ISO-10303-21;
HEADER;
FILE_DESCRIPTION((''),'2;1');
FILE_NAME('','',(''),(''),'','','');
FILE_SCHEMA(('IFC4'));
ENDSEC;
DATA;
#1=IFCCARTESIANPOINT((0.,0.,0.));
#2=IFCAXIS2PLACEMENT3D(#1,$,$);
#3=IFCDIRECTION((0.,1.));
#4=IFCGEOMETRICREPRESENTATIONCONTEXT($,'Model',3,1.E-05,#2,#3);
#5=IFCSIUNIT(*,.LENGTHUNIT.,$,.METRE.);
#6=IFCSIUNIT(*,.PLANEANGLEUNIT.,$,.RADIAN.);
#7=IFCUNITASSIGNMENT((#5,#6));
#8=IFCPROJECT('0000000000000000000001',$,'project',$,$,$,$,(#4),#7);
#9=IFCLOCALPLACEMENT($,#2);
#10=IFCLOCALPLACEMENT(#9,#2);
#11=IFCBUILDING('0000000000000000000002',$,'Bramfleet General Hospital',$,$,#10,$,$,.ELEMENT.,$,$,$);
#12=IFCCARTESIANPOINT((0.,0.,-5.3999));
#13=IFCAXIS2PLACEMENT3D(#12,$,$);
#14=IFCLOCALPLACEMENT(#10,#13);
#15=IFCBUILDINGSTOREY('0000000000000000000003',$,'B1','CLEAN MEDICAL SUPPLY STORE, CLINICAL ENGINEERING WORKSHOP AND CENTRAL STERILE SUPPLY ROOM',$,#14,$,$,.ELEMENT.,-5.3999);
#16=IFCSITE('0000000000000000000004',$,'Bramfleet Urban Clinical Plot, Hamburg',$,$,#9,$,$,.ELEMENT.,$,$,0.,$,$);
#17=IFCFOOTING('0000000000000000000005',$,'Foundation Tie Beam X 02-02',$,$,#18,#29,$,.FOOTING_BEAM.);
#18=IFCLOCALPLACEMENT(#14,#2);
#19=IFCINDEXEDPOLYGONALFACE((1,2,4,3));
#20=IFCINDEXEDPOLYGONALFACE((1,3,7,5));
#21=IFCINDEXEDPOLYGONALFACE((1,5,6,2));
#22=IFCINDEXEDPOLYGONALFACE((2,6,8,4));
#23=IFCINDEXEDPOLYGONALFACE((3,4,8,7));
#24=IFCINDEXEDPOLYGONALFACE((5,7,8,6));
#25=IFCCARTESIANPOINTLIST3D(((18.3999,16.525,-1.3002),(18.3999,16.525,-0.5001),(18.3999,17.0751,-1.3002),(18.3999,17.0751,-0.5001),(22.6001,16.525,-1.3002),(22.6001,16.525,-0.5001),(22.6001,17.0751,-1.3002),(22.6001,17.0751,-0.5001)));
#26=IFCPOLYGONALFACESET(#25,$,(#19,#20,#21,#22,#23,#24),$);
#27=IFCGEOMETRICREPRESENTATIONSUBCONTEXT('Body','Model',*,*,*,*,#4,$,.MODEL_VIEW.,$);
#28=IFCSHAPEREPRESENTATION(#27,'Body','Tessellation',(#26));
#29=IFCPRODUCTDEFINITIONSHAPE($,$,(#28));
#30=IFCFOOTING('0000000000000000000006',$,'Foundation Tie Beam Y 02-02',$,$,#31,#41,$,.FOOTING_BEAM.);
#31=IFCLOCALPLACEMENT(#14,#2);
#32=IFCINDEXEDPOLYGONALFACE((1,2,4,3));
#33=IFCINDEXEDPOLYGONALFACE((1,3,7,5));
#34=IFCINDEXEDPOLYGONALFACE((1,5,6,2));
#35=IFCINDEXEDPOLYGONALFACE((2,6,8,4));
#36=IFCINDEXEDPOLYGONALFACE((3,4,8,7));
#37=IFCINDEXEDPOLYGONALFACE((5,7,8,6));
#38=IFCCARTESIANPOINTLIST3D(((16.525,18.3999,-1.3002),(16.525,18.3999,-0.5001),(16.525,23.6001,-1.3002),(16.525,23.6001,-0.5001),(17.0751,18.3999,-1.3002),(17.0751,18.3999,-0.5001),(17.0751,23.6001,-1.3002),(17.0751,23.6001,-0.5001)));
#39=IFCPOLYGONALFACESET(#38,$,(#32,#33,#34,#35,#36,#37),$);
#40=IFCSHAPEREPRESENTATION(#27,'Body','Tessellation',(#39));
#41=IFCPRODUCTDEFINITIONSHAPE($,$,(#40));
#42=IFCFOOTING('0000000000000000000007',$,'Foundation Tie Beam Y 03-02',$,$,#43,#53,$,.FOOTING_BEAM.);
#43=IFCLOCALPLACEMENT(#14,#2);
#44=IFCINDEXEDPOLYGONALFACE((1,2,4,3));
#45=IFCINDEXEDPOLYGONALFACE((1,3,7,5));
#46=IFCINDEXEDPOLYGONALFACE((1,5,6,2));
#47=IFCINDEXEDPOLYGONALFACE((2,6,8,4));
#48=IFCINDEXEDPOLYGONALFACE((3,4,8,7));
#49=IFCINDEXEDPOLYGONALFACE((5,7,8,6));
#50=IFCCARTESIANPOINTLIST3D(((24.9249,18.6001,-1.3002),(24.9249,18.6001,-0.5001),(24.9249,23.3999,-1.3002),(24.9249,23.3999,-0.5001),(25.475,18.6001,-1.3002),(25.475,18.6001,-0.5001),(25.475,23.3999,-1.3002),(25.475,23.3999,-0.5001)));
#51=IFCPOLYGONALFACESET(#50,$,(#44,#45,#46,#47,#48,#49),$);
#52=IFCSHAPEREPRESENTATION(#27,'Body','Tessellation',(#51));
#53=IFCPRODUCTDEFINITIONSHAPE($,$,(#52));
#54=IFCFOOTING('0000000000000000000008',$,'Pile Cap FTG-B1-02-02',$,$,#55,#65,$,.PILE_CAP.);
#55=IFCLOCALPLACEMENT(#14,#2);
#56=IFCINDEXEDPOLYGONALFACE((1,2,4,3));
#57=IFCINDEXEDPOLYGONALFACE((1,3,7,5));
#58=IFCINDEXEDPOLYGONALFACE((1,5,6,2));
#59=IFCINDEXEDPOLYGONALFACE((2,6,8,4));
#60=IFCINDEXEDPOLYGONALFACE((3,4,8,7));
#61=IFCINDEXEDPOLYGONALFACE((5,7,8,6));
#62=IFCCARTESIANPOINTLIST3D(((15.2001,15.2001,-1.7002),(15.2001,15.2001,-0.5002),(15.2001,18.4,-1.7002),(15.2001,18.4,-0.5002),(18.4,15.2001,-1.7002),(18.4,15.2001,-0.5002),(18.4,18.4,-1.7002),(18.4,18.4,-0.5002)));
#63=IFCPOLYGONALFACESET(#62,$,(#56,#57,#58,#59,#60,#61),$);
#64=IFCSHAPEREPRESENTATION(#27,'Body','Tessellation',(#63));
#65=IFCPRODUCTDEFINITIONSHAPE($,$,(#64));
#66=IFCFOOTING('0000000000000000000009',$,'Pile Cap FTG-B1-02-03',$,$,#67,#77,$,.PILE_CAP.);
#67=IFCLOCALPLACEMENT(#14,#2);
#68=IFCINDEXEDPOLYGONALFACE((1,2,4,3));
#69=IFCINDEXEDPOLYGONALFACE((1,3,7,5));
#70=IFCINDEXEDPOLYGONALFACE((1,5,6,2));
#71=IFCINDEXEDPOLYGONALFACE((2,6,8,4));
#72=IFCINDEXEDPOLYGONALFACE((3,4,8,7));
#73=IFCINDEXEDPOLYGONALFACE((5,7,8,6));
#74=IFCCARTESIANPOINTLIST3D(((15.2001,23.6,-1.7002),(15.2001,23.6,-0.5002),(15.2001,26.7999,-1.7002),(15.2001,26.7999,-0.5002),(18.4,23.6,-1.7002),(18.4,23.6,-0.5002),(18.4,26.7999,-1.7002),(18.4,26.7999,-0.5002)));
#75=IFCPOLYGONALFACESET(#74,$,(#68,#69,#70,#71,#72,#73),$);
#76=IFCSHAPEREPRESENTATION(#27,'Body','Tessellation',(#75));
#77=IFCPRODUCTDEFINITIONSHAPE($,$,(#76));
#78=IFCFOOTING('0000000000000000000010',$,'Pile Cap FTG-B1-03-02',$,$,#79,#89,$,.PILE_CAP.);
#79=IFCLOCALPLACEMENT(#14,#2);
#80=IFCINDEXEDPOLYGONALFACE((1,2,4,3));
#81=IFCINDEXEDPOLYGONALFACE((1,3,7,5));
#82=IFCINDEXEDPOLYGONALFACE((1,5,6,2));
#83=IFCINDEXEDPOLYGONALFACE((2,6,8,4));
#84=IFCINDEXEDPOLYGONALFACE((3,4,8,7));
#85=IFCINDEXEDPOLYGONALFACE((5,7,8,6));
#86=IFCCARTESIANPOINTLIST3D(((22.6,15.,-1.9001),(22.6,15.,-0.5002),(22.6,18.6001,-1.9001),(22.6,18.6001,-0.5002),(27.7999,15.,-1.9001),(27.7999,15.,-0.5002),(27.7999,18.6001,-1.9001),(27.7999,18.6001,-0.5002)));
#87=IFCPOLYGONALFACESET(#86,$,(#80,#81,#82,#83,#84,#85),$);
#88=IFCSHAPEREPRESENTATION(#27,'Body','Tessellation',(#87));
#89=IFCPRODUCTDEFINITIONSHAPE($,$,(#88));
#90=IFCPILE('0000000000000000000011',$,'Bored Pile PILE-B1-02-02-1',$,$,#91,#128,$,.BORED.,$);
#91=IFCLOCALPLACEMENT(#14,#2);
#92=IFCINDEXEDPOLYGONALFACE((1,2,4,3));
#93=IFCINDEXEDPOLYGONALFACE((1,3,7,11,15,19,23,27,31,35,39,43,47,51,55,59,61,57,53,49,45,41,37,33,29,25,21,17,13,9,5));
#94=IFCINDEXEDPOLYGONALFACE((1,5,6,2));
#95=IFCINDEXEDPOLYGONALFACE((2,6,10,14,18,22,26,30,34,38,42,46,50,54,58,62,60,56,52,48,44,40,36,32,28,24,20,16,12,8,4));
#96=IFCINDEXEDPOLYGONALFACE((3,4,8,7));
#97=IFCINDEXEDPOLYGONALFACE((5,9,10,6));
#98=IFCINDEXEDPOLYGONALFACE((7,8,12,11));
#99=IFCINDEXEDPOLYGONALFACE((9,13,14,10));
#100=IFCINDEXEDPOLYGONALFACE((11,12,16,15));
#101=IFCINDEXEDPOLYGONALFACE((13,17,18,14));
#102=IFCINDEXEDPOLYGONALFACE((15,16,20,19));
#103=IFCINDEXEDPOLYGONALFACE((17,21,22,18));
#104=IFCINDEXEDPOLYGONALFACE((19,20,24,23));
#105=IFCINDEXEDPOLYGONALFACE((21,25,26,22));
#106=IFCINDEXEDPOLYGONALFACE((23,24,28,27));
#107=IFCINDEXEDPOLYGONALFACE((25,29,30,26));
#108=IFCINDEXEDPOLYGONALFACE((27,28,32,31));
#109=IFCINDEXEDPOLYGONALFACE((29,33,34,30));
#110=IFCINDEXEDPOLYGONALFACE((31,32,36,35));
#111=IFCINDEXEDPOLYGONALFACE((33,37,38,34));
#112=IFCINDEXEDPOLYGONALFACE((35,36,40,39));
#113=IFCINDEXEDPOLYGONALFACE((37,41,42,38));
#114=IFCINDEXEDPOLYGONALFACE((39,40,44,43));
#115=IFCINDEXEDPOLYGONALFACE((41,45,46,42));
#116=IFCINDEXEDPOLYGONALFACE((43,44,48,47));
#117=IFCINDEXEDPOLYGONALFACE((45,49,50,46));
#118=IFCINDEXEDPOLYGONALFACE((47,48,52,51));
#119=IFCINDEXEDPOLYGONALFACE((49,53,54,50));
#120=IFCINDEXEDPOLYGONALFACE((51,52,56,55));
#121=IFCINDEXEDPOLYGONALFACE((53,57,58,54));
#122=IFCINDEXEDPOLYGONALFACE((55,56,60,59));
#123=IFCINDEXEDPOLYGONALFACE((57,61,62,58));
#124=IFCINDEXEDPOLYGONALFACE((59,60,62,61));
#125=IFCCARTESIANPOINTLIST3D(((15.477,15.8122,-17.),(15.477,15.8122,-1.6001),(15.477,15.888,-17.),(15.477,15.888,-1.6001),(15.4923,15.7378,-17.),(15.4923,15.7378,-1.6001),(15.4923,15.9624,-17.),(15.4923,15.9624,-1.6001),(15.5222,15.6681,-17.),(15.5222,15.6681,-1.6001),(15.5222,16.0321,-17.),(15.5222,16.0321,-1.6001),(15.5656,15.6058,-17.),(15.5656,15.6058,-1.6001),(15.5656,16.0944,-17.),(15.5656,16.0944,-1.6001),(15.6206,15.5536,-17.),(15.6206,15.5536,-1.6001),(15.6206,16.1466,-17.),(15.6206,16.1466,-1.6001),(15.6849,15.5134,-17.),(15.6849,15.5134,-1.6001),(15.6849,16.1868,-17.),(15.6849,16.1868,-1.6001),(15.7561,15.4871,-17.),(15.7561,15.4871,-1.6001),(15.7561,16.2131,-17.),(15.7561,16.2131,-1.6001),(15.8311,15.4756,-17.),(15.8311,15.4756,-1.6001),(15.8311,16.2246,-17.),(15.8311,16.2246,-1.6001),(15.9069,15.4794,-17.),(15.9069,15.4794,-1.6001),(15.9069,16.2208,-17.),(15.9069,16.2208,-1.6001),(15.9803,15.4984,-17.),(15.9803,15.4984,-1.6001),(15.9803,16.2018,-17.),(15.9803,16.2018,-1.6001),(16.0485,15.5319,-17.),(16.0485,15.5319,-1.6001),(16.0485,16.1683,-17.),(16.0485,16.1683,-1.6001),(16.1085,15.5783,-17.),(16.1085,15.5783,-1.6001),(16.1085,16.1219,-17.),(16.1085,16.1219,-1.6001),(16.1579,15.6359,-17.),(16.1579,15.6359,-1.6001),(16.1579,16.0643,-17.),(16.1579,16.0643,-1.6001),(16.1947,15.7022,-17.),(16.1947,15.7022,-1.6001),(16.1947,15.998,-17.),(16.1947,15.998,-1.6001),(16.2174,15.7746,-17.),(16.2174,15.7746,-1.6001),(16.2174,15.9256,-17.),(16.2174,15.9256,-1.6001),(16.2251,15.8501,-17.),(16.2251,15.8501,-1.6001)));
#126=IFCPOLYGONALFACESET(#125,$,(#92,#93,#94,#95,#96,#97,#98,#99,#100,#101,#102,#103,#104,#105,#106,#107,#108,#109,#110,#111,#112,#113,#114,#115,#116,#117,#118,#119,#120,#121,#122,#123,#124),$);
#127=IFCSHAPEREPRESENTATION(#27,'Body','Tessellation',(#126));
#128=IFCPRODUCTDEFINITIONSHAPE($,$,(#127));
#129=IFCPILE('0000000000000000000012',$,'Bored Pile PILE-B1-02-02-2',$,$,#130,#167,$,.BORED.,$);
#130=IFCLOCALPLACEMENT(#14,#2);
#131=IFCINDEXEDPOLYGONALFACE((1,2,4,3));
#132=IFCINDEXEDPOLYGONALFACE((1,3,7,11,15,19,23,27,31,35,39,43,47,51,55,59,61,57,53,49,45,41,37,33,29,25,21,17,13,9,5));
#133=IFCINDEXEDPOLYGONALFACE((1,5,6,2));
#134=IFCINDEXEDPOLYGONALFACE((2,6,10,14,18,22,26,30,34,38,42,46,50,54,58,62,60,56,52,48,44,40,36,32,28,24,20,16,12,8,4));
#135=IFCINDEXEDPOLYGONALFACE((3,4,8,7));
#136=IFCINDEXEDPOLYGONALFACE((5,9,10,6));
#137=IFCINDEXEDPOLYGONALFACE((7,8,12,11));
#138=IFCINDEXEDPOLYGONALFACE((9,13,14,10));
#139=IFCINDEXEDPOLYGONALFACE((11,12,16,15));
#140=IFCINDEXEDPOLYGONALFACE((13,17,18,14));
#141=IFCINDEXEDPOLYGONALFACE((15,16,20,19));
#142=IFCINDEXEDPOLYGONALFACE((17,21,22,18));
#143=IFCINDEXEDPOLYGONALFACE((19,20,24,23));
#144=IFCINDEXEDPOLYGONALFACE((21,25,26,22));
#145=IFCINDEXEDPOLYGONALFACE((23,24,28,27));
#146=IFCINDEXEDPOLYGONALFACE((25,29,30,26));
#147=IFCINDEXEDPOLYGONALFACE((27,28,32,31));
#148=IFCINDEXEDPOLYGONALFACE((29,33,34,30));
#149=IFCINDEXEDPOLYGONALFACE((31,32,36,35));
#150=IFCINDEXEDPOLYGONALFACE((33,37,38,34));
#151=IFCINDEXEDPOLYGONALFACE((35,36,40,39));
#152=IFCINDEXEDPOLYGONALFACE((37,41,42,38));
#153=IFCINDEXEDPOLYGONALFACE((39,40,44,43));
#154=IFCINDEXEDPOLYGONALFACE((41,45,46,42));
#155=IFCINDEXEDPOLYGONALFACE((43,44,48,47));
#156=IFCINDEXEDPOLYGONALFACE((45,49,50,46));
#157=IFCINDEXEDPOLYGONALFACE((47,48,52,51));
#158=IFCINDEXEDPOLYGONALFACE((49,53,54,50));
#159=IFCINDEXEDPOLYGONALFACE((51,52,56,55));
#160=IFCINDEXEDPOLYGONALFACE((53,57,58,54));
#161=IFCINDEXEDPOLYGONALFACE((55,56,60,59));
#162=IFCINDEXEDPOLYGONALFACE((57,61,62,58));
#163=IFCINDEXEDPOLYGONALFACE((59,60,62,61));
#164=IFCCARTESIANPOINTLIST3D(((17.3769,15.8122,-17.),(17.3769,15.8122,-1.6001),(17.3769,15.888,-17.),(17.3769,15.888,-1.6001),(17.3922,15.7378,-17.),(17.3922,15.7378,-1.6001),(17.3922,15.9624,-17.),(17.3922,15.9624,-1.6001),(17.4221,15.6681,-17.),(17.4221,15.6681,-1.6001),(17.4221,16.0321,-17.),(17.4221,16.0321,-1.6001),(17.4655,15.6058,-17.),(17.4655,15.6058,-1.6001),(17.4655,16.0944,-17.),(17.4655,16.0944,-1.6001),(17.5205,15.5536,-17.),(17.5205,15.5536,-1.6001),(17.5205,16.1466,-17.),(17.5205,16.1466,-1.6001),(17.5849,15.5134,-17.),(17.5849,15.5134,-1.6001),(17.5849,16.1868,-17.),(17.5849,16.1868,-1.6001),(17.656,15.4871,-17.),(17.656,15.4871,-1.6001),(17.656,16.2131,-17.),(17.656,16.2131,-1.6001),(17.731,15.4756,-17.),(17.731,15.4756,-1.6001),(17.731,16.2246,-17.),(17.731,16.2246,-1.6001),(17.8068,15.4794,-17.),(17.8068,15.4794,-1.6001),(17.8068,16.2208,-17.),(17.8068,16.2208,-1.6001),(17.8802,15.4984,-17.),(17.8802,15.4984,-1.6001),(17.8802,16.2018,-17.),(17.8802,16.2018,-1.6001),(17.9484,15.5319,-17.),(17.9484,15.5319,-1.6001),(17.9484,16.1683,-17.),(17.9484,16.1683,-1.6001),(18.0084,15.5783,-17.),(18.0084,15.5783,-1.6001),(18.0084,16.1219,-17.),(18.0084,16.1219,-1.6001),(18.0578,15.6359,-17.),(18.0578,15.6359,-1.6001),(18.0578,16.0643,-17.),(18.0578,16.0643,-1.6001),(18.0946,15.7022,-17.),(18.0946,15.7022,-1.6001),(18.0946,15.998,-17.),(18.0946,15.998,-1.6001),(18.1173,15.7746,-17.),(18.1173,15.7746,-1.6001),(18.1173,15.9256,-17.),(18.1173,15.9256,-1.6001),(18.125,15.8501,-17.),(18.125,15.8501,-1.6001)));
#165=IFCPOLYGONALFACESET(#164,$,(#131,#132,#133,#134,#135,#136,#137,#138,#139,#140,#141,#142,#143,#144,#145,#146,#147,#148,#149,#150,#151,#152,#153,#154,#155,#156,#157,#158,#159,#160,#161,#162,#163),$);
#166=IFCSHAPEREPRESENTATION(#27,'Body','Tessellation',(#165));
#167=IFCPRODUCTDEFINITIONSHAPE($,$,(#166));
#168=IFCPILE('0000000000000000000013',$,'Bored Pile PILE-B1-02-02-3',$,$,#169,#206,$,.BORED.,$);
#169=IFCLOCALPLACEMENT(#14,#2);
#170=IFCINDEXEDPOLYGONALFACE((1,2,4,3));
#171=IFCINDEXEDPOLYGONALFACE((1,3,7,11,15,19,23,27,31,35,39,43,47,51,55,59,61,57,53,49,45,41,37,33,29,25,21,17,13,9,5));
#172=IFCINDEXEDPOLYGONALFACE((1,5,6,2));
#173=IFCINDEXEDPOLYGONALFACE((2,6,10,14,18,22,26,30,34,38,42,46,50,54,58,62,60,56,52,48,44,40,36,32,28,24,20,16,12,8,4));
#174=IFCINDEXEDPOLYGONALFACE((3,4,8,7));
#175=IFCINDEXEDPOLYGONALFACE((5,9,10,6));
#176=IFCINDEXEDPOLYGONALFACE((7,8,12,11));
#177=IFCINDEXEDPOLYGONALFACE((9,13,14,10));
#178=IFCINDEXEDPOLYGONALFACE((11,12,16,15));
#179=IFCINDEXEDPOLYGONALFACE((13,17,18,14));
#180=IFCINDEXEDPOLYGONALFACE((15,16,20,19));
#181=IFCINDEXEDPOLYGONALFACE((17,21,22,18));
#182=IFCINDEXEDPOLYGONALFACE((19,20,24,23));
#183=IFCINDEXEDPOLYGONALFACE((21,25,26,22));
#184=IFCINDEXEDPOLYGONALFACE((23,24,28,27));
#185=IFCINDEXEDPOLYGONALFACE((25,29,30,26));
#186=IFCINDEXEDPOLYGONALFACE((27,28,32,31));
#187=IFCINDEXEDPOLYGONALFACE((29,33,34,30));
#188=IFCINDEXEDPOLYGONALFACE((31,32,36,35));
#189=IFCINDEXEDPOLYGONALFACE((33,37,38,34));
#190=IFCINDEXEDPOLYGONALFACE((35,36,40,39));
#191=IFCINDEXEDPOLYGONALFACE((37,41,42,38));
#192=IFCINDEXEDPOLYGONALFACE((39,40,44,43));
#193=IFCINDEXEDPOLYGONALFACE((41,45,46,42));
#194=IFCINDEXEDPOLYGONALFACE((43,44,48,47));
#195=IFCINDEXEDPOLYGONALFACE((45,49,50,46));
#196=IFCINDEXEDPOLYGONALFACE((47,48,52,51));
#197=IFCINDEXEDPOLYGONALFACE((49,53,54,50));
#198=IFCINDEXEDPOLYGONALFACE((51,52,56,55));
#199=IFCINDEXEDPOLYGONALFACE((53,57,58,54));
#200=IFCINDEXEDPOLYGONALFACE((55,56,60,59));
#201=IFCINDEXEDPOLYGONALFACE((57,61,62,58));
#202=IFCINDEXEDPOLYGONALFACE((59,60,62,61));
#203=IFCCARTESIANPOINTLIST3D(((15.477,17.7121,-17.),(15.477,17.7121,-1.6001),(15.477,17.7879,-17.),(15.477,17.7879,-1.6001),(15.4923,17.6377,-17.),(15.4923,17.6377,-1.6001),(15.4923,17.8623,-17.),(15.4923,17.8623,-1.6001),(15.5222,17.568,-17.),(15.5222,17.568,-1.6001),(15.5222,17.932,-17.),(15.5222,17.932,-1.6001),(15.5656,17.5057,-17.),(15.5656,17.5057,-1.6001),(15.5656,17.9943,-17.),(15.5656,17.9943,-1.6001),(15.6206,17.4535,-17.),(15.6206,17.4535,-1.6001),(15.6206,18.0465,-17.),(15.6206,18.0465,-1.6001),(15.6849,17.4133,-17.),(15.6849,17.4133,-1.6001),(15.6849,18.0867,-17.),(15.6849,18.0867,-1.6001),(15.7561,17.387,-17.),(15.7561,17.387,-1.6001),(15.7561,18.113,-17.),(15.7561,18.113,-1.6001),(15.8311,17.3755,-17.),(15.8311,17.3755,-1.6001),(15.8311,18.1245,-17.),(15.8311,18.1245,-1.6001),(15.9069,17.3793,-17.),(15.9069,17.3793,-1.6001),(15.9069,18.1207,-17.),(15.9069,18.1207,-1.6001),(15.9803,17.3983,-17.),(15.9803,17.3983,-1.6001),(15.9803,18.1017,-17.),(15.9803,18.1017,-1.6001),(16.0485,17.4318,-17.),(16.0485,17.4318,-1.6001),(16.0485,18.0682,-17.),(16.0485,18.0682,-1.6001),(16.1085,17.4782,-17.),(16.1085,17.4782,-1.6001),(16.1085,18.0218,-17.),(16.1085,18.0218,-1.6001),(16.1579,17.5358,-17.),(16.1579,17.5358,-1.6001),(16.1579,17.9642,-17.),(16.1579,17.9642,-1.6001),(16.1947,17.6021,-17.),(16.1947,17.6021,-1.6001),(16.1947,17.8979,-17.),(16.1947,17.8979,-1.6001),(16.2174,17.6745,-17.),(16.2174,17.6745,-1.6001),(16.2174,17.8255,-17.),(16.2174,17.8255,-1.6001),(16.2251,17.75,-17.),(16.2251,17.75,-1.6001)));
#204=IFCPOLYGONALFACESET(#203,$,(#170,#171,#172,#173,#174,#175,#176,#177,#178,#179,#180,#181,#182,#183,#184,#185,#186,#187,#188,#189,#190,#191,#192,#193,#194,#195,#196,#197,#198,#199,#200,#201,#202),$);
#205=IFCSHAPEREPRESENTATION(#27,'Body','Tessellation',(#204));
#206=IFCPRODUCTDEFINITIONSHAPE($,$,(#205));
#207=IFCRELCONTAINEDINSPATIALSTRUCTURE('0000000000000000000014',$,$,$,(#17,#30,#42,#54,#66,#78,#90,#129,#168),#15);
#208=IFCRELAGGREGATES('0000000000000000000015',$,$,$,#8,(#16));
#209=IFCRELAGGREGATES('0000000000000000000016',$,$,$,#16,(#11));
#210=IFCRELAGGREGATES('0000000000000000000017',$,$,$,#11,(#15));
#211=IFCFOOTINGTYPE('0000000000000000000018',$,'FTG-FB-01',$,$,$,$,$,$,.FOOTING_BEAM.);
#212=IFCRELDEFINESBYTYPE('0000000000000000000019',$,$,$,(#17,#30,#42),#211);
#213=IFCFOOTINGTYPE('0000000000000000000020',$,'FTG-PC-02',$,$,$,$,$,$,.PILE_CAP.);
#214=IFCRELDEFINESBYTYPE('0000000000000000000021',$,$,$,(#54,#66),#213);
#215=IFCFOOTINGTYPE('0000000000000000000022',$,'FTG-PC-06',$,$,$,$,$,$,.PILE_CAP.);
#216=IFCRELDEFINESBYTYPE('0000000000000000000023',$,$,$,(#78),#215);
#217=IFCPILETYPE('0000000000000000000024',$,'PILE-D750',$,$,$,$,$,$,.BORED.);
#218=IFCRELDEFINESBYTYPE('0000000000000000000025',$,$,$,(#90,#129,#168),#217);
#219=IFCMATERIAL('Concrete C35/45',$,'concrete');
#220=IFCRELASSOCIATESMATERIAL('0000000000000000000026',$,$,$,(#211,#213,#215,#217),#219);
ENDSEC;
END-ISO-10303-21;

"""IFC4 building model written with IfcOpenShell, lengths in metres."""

from ifc_helpers import new_model, si_unit, direction, frame, origin, origin_2d, place, context, subcontext, project, spatial, rectangle, circle, extrude, material, material_profile, profile_set, type_object, element, save


model = new_model("IFC4")

# Units and contexts
model_context = context("Model", 3, precision=1e-05, world=origin(), true_north=direction((0.0, 1.0)))
body_context = subcontext(model_context, "Body", "Model", "MODEL_VIEW")
ifc_project = project(units=[si_unit("LENGTHUNIT", "METRE"), si_unit("PLANEANGLEUNIT", "RADIAN")], contexts=[model_context])

# Site, building, storey
site_placement = place(None, origin())
site = spatial("IfcSite", under=ifc_project, at=site_placement, Name="Bramfleet Urban Clinical Plot, Hamburg", CompositionType="ELEMENT", RefElevation=0.0)
building_placement = place(site_placement, origin())
building = spatial("IfcBuilding", under=site, at=building_placement, Name="Bramfleet General Hospital", CompositionType="ELEMENT")
storey_placement = place(building_placement, frame((0.0, 0.0, -5.3999)))
storey = spatial("IfcBuildingStorey", under=building, at=storey_placement, Name="B1", Description="CLEAN MEDICAL SUPPLY STORE, CLINICAL ENGINEERING WORKSHOP AND CENTRAL STERILE SUPPLY ROOM", CompositionType="ELEMENT", Elevation=-5.3999)

# Footings
ifc_material_1 = material(Name="Concrete C35/45", Category="concrete")
ifc_material_profile_1 = material_profile(ifc_material_1, rectangle(XDim=0.55, YDim=0.8, at=origin_2d()), Name="RC FB 800x550")
ifc_profile_set_1 = profile_set([ifc_material_profile_1], Name="Concrete C35/45")
footing_type_1 = type_object("IfcFootingType", Name="FTG-FB-01", PredefinedType="FOOTING_BEAM", material=ifc_profile_set_1)
footing_1_placement = place(storey_placement, frame((18.3999, 16.8, -0.9001), z_axis=(1.0, 0.0, 0.0), x_axis=(0.0, 1.0, 0.0)))
element("IfcFooting", 1, at=footing_1_placement, inside=storey, type_object=footing_type_1, Name="Foundation Tie Beam X 02-02", PredefinedType="FOOTING_BEAM", context=body_context, shape_type="SweptSolid", body=[
    extrude(rectangle(XDim=0.55, YDim=0.8, at=origin_2d()), origin(), (0.0, 0.0, 1.0), 4.2002),
])
footing_2_placement = place(storey_placement, frame((16.8, 18.3999, -0.9001), z_axis=(0.0, 1.0, 0.0), x_axis=(-1.0, 0.0, 0.0)))
element("IfcFooting", 2, at=footing_2_placement, inside=storey, type_object=footing_type_1, Name="Foundation Tie Beam Y 02-02", PredefinedType="FOOTING_BEAM", context=body_context, shape_type="SweptSolid", body=[
    extrude(rectangle(XDim=0.55, YDim=0.8, at=origin_2d()), origin(), (0.0, 0.0, 1.0), 5.2002),
])
footing_3_placement = place(storey_placement, frame((25.2, 18.6001, -0.9001), z_axis=(0.0, 1.0, 0.0), x_axis=(-1.0, 0.0, 0.0)))
element("IfcFooting", 3, at=footing_3_placement, inside=storey, type_object=footing_type_1, Name="Foundation Tie Beam Y 03-02", PredefinedType="FOOTING_BEAM", context=body_context, shape_type="SweptSolid", body=[
    extrude(rectangle(XDim=0.55, YDim=0.8, at=origin_2d()), origin(), (0.0, 0.0, 1.0), 4.7998),
])
footing_type_2 = type_object("IfcFootingType", Name="FTG-PC-02", PredefinedType="PILE_CAP", material=ifc_material_1)
for number, where, z_axis, x_axis, name in (
    (4, (16.8, 16.8, -1.7002), (0.0, 0.0, 1.0), (1.0, 0.0, 0.0), "Pile Cap FTG-B1-02-02"),
    (5, (16.8, 25.2, -1.7002), (0.0, 0.0, 1.0), (1.0, 0.0, 0.0), "Pile Cap FTG-B1-02-03"),
):
    element("IfcFooting", number, at=place(storey_placement, frame(where, z_axis=z_axis, x_axis=x_axis)), inside=storey, type_object=footing_type_2, Name=name, PredefinedType="PILE_CAP", context=body_context, shape_type="SweptSolid", body=[
        extrude(rectangle(XDim=3.2, YDim=3.2, at=origin_2d()), origin(), (0.0, 0.0, 1.0), 1.2),
    ])
footing_type_3 = type_object("IfcFootingType", Name="FTG-PC-06", PredefinedType="PILE_CAP", material=ifc_material_1)
footing_4_placement = place(storey_placement, frame((25.2, 16.8, -1.9001), z_axis=(0.0, 0.0, 1.0), x_axis=(1.0, 0.0, 0.0)))
element("IfcFooting", 6, at=footing_4_placement, inside=storey, type_object=footing_type_3, Name="Pile Cap FTG-B1-03-02", PredefinedType="PILE_CAP", context=body_context, shape_type="SweptSolid", body=[
    extrude(rectangle(XDim=5.2, YDim=3.6001, at=origin_2d()), origin(), (0.0, 0.0, 1.0), 1.3999),
])

# Piles
ifc_material_profile_2 = material_profile(ifc_material_1, circle(Radius=0.375, at=origin_2d()), Name="PILE BORED D750")
ifc_profile_set_2 = profile_set([ifc_material_profile_2], Name="Concrete C35/45")
pile_type_1 = type_object("IfcPileType", Name="PILE-D750", PredefinedType="BORED", material=ifc_profile_set_2)
for number, where, z_axis, x_axis, name in (
    (7, (15.8501, 15.8501, -1.6001), (0.0, 0.0, -1.0), (1.0, 0.0, 0.0), "Bored Pile PILE-B1-02-02-1"),
    (8, (17.75, 15.8501, -1.6001), (0.0, 0.0, -1.0), (1.0, 0.0, 0.0), "Bored Pile PILE-B1-02-02-2"),
    (9, (15.8501, 17.75, -1.6001), (0.0, 0.0, -1.0), (1.0, 0.0, 0.0), "Bored Pile PILE-B1-02-02-3"),
):
    element("IfcPile", number, at=place(storey_placement, frame(where, z_axis=z_axis, x_axis=x_axis)), inside=storey, type_object=pile_type_1, Name=name, PredefinedType="BORED", context=body_context, shape_type="SweptSolid", body=[
        extrude(circle(Radius=0.375, at=origin_2d()), origin(), (0.0, 0.0, 1.0), 15.3999),
    ])

save(model, "model.ifc")
